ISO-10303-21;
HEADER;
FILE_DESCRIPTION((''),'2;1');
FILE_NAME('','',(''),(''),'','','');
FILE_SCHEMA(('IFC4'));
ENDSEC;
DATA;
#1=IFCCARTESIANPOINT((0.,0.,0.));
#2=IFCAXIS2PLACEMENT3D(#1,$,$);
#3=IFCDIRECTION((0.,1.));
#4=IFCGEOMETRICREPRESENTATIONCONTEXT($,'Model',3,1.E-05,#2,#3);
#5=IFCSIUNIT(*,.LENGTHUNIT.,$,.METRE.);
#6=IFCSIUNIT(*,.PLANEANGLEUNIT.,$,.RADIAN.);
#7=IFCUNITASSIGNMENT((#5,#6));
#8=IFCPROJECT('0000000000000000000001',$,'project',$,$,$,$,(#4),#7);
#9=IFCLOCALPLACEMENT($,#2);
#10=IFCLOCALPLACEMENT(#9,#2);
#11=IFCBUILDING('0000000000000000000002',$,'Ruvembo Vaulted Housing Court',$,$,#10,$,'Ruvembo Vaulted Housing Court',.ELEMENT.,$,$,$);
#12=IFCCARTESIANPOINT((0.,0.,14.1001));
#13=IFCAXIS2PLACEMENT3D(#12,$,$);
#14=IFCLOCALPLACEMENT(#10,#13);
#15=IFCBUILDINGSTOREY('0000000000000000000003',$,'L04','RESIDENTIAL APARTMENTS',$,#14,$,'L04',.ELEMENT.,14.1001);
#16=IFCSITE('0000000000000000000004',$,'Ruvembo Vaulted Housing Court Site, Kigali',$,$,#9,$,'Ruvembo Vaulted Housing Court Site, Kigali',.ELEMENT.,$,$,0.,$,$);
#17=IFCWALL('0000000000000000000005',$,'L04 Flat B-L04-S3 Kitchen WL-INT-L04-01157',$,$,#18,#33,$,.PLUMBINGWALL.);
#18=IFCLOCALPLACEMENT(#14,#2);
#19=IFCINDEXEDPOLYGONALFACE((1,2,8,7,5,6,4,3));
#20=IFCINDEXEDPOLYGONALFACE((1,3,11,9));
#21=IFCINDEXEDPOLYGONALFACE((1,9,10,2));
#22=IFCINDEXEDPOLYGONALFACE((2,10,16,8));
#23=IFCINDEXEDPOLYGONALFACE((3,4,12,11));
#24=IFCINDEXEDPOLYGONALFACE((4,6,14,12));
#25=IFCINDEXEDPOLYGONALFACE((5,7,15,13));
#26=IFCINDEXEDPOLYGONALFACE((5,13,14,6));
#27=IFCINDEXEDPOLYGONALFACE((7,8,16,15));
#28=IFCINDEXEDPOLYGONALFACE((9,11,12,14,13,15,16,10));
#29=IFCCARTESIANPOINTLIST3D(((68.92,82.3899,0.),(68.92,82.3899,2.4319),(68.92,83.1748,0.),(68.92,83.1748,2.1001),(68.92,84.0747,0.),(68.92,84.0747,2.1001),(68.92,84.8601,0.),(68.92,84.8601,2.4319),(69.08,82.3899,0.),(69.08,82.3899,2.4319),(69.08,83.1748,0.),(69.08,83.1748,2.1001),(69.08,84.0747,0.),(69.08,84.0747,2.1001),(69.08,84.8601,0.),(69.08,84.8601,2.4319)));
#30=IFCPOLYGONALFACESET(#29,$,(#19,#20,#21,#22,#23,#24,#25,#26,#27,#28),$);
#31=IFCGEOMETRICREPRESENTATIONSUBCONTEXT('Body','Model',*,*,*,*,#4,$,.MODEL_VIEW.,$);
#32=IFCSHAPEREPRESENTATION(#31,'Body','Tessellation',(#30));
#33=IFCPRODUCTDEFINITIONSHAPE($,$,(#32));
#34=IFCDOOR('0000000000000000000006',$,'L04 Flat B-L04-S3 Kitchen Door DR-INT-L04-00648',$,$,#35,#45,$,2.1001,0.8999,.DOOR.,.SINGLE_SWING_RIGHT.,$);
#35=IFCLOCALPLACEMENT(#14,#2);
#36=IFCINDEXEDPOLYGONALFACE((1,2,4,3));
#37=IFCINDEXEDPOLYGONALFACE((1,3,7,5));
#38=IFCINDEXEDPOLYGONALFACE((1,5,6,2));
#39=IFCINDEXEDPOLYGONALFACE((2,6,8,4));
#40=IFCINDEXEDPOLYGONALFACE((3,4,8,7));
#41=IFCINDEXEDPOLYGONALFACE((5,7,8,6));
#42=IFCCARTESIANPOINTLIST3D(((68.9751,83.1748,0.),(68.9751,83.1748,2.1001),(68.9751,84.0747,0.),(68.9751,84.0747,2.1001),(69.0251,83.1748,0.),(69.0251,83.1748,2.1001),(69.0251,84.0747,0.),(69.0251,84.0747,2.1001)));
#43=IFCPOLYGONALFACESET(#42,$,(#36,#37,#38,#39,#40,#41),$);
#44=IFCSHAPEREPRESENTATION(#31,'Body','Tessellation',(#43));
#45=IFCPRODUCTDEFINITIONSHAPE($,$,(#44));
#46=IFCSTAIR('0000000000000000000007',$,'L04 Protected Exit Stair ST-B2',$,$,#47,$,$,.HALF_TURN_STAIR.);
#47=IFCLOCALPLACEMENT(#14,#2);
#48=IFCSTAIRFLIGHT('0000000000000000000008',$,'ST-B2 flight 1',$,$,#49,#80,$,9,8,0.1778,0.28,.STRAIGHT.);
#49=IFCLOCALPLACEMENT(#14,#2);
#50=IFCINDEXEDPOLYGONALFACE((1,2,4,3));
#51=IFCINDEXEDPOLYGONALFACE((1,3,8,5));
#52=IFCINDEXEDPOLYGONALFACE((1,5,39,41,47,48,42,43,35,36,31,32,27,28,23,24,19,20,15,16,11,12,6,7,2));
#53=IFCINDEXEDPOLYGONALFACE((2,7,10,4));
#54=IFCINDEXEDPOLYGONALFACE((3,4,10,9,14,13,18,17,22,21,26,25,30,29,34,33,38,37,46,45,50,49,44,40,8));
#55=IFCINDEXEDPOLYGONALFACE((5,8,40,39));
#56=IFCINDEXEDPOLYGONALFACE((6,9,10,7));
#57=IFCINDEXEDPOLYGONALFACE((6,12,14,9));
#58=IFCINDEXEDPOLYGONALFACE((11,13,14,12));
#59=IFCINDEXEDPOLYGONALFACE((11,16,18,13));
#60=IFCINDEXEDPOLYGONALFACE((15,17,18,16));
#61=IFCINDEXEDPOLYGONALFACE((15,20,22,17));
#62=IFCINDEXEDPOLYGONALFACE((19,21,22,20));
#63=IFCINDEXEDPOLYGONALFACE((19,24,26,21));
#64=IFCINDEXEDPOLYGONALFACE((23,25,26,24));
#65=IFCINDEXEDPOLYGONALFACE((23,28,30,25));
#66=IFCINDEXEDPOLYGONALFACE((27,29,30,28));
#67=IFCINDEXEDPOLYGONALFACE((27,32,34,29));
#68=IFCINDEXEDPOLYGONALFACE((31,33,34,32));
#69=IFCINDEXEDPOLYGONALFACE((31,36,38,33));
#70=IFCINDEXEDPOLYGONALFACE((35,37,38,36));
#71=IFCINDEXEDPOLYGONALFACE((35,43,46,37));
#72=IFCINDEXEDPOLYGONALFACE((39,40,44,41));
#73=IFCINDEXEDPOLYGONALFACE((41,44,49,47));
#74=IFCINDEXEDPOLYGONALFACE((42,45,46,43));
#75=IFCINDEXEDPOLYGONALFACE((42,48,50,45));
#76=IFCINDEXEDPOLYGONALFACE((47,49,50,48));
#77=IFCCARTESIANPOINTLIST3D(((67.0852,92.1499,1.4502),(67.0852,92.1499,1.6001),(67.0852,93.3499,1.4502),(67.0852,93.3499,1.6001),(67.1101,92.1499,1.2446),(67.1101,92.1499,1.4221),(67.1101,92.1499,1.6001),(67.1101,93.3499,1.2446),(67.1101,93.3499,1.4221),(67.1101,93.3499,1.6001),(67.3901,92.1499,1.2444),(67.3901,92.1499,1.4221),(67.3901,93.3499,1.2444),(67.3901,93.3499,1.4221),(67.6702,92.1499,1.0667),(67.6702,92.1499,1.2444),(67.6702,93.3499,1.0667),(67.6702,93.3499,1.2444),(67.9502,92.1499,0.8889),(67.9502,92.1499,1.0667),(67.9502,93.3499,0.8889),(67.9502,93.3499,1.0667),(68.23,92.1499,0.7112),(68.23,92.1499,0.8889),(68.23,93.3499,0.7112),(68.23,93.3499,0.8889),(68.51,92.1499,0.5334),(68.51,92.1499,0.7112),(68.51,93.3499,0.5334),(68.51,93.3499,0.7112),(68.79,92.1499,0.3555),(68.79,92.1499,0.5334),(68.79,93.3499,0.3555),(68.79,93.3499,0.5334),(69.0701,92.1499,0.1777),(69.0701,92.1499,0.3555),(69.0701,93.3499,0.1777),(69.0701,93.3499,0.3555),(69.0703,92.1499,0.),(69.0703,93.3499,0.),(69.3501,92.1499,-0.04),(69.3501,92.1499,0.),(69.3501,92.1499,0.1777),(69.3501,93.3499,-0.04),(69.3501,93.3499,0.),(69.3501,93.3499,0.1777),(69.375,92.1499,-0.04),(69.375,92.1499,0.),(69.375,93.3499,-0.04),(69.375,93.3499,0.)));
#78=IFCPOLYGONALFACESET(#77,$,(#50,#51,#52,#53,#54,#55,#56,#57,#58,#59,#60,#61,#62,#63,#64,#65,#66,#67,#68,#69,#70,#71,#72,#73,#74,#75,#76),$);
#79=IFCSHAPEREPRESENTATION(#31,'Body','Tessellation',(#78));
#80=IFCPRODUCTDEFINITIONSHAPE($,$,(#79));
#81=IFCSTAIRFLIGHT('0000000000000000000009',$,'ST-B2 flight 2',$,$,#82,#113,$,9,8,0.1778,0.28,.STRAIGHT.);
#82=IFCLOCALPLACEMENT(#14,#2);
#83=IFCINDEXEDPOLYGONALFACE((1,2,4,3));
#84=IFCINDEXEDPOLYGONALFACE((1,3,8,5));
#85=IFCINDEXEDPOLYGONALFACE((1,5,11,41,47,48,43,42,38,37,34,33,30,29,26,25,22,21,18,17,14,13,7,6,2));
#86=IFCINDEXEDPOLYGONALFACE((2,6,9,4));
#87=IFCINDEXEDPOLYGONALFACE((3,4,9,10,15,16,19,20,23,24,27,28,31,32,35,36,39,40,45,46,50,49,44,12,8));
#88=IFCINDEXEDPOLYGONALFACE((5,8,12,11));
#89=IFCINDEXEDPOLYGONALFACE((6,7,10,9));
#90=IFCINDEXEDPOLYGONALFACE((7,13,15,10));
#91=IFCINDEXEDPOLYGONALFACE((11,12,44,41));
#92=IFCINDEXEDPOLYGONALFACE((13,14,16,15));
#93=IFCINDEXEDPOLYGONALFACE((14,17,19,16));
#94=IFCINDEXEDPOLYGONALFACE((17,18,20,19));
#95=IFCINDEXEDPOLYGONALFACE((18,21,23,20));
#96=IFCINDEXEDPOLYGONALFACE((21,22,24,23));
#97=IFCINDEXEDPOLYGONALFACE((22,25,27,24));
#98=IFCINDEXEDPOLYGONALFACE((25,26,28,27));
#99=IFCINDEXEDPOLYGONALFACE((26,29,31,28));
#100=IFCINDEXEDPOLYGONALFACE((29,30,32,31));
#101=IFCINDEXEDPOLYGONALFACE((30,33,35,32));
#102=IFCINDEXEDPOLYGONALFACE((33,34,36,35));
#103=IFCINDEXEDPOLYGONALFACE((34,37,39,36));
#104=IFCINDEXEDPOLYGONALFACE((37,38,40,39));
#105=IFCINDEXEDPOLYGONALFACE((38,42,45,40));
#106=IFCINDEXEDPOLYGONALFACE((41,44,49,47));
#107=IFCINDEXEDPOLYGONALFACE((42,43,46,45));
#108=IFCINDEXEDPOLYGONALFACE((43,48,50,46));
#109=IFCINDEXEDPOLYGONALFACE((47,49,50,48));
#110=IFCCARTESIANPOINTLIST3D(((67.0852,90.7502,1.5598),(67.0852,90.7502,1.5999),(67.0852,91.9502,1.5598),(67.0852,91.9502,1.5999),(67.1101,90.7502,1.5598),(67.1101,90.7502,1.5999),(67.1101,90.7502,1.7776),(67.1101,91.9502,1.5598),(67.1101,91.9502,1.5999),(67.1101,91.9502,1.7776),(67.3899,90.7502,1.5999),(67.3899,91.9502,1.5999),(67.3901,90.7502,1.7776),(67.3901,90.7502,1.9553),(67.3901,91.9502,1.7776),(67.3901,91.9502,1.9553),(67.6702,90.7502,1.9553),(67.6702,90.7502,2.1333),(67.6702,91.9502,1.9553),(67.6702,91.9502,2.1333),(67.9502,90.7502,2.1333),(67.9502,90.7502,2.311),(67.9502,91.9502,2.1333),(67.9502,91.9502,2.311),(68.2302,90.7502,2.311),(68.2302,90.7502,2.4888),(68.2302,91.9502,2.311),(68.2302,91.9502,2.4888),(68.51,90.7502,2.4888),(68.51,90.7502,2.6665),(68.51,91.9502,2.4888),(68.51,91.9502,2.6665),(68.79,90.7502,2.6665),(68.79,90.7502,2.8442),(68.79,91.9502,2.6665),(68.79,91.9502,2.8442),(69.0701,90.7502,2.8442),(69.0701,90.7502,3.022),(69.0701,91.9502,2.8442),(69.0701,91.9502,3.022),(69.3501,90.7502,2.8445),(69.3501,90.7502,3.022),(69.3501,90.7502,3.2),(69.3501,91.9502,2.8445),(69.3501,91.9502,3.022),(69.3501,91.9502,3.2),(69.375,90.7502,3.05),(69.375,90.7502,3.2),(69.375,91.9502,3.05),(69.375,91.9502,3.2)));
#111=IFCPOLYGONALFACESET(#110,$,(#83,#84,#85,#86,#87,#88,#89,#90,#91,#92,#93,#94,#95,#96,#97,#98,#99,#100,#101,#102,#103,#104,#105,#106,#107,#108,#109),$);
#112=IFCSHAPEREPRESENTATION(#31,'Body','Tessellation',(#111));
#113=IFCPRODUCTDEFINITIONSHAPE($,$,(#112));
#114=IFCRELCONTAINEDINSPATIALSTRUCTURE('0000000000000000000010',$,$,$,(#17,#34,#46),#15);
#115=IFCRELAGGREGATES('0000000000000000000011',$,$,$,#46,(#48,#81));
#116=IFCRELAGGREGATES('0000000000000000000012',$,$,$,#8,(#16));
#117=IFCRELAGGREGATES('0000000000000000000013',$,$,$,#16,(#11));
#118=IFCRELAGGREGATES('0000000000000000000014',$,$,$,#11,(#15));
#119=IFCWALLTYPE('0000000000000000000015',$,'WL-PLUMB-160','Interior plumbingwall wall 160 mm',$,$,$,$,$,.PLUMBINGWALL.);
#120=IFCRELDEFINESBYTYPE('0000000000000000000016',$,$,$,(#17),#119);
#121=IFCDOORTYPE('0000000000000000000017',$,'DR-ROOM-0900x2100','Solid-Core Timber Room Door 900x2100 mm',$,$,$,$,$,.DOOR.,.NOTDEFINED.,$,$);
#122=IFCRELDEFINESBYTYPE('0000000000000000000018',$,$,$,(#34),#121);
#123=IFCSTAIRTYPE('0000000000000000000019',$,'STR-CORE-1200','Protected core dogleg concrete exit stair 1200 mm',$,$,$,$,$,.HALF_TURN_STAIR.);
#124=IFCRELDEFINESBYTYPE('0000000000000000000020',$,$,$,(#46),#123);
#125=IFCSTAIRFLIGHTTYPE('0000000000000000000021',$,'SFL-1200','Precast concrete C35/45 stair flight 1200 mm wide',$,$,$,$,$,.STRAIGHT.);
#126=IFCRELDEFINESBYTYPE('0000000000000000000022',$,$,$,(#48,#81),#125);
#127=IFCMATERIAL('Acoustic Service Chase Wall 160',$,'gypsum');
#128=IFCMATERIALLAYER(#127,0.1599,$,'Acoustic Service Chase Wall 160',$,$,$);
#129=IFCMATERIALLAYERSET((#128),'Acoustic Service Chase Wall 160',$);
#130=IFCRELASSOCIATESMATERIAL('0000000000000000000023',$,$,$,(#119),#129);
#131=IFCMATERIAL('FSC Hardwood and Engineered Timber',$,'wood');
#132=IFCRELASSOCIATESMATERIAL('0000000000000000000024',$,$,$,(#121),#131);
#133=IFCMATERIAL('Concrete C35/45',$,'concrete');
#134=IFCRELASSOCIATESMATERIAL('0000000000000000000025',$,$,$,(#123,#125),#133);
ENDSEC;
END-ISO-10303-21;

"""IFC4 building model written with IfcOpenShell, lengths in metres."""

from ifc_helpers import new_model, si_unit, direction, frame, frame_2d, origin, place, context, subcontext, project, spatial, polyline, rectangle, outline, extrude, material, layer, layer_set, type_object, element, fill, aggregate, save


model = new_model("IFC4")

# Units and contexts
model_context = context("Model", 3, precision=1e-05, world=origin(), true_north=direction((0.0, 1.0)))
body_context = subcontext(model_context, "Body", "Model", "MODEL_VIEW")
ifc_project = project(units=[si_unit("LENGTHUNIT", "METRE"), si_unit("PLANEANGLEUNIT", "RADIAN")], contexts=[model_context])

# Site, building, storey
site_placement = place(None, origin())
site = spatial("IfcSite", under=ifc_project, at=site_placement, Name="Ruvembo Vaulted Housing Court Site, Kigali", LongName="Ruvembo Vaulted Housing Court Site, Kigali", CompositionType="ELEMENT", RefElevation=0.0)
building_placement = place(site_placement, origin())
building = spatial("IfcBuilding", under=site, at=building_placement, Name="Ruvembo Vaulted Housing Court", LongName="Ruvembo Vaulted Housing Court", CompositionType="ELEMENT")
storey_placement = place(building_placement, frame((0.0, 0.0, 14.1001)))
storey = spatial("IfcBuildingStorey", under=building, at=storey_placement, Name="L04", Description="RESIDENTIAL APARTMENTS", LongName="L04", CompositionType="ELEMENT", Elevation=14.1001)

# Shared definitions
ifc_material_1 = material(Name="Concrete C35/45", Category="concrete")

# Wall, opening, door
ifc_material_2 = material(Name="FSC Hardwood and Engineered Timber", Category="wood")
ifc_material_3 = material(Name="Acoustic Service Chase Wall 160", Category="gypsum")
ifc_layer_1 = layer(ifc_material_3, 0.1599, Name="Acoustic Service Chase Wall 160")
ifc_layer_set_1 = layer_set([ifc_layer_1], Name="Acoustic Service Chase Wall 160")
wall_type_1 = type_object("IfcWallType", Name="WL-PLUMB-160", Description="Interior plumbingwall wall 160 mm", PredefinedType="PLUMBINGWALL", material=ifc_layer_set_1)
wall_1_placement = place(storey_placement, frame((69.0, 82.3899, 0.0), z_axis=(0.0, 0.0, 1.0), x_axis=(0.0, 1.0, 0.0)))
wall_1 = element("IfcWall", 1, at=wall_1_placement, inside=storey, type_object=wall_type_1, Name="L04 Flat B-L04-S3 Kitchen WL-INT-L04-01157", PredefinedType="PLUMBINGWALL", context=body_context, shape_type="SweptSolid", body=[
    extrude(rectangle(XDim=2.4702, YDim=0.1599, at=frame_2d((1.2351, 0.0))), origin(), (0.0, 0.0, 1.0), 2.4319),
])
opening_1_placement = place(wall_1_placement, frame((0.7849, 0.0, 0.0)))
opening_1 = element("IfcOpeningElement", 2, at=opening_1_placement, cuts=wall_1, PredefinedType="OPENING", context=body_context, shape_type="SweptSolid", body=[
    extrude(rectangle(XDim=0.8999, YDim=2.1001, at=frame_2d((0.45, 1.05))), frame((0.0, 0.0898, 0.0), z_axis=(0.0, -1.0, 0.0), x_axis=(1.0, 0.0, 0.0)), (0.0, 0.0, 1.0), 0.1799),
])
door_type_1 = type_object("IfcDoorType", Name="DR-ROOM-0900x2100", Description="Solid-Core Timber Room Door 900x2100 mm", OperationType="NOTDEFINED", PredefinedType="DOOR", material=ifc_material_2)
door_1_placement = place(opening_1_placement, origin())
door_1 = element("IfcDoor", 3, at=door_1_placement, inside=storey, type_object=door_type_1, Name="L04 Flat B-L04-S3 Kitchen Door DR-INT-L04-00648", OperationType="SINGLE_SWING_RIGHT", OverallHeight=2.1001, OverallWidth=0.8999, PredefinedType="DOOR", context=body_context, shape_type="SweptSolid", body=[
    extrude(rectangle(XDim=0.8999, YDim=2.1001, at=frame_2d((0.45, 1.05))), frame((0.0, 0.0249, 0.0), z_axis=(0.0, -1.0, 0.0), x_axis=(1.0, 0.0, 0.0)), (0.0, 0.0, 1.0), 0.05),
])
fill(opening_1, door_1)

# Stair, stair flights
stair_type = type_object("IfcStairType", Name="STR-CORE-1200", Description="Protected core dogleg concrete exit stair 1200 mm", PredefinedType="HALF_TURN_STAIR", material=ifc_material_1)
stair_placement = place(storey_placement, origin())
stair = element("IfcStair", 4, at=stair_placement, inside=storey, type_object=stair_type, Name="L04 Protected Exit Stair ST-B2", PredefinedType="HALF_TURN_STAIR")
stair_flight_type = type_object("IfcStairFlightType", Name="SFL-1200", Description="Precast concrete C35/45 stair flight 1200 mm wide", PredefinedType="STRAIGHT", material=ifc_material_1)
stair_flight_1_placement = place(storey_placement, frame((69.3501, 92.75, 0.0), z_axis=(0.0, 0.0, 1.0), x_axis=(-1.0, 0.0, 0.0)))
stair_flight_1 = element("IfcStairFlight", 5, at=stair_flight_1_placement, type_object=stair_flight_type, Name="ST-B2 flight 1", NumberOfRisers=9, NumberOfTreads=8, PredefinedType="STRAIGHT", RiserHeight=0.1778, TreadLength=0.28, context=body_context, shape_type="SweptSolid", body=[
    extrude(outline(polyline([(-0.0249, -0.04), (-0.0249, 0.0), (0.0, 0.0), (0.0, 0.1777), (0.28, 0.1777), (0.28, 0.3555), (0.5601, 0.3555), (0.5601, 0.5334), (0.8401, 0.5334), (0.8401, 0.7112), (1.1201, 0.7112), (1.1201, 0.8889), (1.3999, 0.8889), (1.3999, 1.0667), (1.6799, 1.0667), (1.6799, 1.2444), (1.96, 1.2444), (1.96, 1.4221), (2.24, 1.4221), (2.24, 1.6001), (2.2649, 1.6001), (2.2649, 1.4502), (2.24, 1.2446), (0.2798, 0.0), (0.0, -0.04), (-0.0249, -0.04)])), frame((0.0, 0.6001, 0.0), z_axis=(0.0, -1.0, 0.0), x_axis=(1.0, 0.0, 0.0)), (0.0, 0.0, 1.0), 1.2),
])
stair_flight_2_placement = place(storey_placement, frame((67.1101, 91.3501, 1.5999), z_axis=(0.0, 0.0, 1.0), x_axis=(1.0, 0.0, 0.0)))
stair_flight_2 = element("IfcStairFlight", 6, at=stair_flight_2_placement, type_object=stair_flight_type, Name="ST-B2 flight 2", NumberOfRisers=9, NumberOfTreads=8, PredefinedType="STRAIGHT", RiserHeight=0.1778, TreadLength=0.28, context=body_context, shape_type="SweptSolid", body=[
    extrude(outline(polyline([(-0.0249, -0.04), (-0.0249, 0.0), (0.0, 0.0), (0.0, 0.1777), (0.28, 0.1777), (0.28, 0.3555), (0.5601, 0.3555), (0.5601, 0.5334), (0.8401, 0.5334), (0.8401, 0.7112), (1.1201, 0.7112), (1.1201, 0.8889), (1.3999, 0.8889), (1.3999, 1.0667), (1.6799, 1.0667), (1.6799, 1.2444), (1.96, 1.2444), (1.96, 1.4221), (2.24, 1.4221), (2.24, 1.6001), (2.2649, 1.6001), (2.2649, 1.4502), (2.24, 1.2446), (0.2798, 0.0), (0.0, -0.04), (-0.0249, -0.04)])), frame((0.0, 0.6001, 0.0), z_axis=(0.0, -1.0, 0.0), x_axis=(1.0, 0.0, 0.0)), (0.0, 0.0, 1.0), 1.2),
])
aggregate(stair, [stair_flight_1, stair_flight_2])

save(model, "model.ifc")
